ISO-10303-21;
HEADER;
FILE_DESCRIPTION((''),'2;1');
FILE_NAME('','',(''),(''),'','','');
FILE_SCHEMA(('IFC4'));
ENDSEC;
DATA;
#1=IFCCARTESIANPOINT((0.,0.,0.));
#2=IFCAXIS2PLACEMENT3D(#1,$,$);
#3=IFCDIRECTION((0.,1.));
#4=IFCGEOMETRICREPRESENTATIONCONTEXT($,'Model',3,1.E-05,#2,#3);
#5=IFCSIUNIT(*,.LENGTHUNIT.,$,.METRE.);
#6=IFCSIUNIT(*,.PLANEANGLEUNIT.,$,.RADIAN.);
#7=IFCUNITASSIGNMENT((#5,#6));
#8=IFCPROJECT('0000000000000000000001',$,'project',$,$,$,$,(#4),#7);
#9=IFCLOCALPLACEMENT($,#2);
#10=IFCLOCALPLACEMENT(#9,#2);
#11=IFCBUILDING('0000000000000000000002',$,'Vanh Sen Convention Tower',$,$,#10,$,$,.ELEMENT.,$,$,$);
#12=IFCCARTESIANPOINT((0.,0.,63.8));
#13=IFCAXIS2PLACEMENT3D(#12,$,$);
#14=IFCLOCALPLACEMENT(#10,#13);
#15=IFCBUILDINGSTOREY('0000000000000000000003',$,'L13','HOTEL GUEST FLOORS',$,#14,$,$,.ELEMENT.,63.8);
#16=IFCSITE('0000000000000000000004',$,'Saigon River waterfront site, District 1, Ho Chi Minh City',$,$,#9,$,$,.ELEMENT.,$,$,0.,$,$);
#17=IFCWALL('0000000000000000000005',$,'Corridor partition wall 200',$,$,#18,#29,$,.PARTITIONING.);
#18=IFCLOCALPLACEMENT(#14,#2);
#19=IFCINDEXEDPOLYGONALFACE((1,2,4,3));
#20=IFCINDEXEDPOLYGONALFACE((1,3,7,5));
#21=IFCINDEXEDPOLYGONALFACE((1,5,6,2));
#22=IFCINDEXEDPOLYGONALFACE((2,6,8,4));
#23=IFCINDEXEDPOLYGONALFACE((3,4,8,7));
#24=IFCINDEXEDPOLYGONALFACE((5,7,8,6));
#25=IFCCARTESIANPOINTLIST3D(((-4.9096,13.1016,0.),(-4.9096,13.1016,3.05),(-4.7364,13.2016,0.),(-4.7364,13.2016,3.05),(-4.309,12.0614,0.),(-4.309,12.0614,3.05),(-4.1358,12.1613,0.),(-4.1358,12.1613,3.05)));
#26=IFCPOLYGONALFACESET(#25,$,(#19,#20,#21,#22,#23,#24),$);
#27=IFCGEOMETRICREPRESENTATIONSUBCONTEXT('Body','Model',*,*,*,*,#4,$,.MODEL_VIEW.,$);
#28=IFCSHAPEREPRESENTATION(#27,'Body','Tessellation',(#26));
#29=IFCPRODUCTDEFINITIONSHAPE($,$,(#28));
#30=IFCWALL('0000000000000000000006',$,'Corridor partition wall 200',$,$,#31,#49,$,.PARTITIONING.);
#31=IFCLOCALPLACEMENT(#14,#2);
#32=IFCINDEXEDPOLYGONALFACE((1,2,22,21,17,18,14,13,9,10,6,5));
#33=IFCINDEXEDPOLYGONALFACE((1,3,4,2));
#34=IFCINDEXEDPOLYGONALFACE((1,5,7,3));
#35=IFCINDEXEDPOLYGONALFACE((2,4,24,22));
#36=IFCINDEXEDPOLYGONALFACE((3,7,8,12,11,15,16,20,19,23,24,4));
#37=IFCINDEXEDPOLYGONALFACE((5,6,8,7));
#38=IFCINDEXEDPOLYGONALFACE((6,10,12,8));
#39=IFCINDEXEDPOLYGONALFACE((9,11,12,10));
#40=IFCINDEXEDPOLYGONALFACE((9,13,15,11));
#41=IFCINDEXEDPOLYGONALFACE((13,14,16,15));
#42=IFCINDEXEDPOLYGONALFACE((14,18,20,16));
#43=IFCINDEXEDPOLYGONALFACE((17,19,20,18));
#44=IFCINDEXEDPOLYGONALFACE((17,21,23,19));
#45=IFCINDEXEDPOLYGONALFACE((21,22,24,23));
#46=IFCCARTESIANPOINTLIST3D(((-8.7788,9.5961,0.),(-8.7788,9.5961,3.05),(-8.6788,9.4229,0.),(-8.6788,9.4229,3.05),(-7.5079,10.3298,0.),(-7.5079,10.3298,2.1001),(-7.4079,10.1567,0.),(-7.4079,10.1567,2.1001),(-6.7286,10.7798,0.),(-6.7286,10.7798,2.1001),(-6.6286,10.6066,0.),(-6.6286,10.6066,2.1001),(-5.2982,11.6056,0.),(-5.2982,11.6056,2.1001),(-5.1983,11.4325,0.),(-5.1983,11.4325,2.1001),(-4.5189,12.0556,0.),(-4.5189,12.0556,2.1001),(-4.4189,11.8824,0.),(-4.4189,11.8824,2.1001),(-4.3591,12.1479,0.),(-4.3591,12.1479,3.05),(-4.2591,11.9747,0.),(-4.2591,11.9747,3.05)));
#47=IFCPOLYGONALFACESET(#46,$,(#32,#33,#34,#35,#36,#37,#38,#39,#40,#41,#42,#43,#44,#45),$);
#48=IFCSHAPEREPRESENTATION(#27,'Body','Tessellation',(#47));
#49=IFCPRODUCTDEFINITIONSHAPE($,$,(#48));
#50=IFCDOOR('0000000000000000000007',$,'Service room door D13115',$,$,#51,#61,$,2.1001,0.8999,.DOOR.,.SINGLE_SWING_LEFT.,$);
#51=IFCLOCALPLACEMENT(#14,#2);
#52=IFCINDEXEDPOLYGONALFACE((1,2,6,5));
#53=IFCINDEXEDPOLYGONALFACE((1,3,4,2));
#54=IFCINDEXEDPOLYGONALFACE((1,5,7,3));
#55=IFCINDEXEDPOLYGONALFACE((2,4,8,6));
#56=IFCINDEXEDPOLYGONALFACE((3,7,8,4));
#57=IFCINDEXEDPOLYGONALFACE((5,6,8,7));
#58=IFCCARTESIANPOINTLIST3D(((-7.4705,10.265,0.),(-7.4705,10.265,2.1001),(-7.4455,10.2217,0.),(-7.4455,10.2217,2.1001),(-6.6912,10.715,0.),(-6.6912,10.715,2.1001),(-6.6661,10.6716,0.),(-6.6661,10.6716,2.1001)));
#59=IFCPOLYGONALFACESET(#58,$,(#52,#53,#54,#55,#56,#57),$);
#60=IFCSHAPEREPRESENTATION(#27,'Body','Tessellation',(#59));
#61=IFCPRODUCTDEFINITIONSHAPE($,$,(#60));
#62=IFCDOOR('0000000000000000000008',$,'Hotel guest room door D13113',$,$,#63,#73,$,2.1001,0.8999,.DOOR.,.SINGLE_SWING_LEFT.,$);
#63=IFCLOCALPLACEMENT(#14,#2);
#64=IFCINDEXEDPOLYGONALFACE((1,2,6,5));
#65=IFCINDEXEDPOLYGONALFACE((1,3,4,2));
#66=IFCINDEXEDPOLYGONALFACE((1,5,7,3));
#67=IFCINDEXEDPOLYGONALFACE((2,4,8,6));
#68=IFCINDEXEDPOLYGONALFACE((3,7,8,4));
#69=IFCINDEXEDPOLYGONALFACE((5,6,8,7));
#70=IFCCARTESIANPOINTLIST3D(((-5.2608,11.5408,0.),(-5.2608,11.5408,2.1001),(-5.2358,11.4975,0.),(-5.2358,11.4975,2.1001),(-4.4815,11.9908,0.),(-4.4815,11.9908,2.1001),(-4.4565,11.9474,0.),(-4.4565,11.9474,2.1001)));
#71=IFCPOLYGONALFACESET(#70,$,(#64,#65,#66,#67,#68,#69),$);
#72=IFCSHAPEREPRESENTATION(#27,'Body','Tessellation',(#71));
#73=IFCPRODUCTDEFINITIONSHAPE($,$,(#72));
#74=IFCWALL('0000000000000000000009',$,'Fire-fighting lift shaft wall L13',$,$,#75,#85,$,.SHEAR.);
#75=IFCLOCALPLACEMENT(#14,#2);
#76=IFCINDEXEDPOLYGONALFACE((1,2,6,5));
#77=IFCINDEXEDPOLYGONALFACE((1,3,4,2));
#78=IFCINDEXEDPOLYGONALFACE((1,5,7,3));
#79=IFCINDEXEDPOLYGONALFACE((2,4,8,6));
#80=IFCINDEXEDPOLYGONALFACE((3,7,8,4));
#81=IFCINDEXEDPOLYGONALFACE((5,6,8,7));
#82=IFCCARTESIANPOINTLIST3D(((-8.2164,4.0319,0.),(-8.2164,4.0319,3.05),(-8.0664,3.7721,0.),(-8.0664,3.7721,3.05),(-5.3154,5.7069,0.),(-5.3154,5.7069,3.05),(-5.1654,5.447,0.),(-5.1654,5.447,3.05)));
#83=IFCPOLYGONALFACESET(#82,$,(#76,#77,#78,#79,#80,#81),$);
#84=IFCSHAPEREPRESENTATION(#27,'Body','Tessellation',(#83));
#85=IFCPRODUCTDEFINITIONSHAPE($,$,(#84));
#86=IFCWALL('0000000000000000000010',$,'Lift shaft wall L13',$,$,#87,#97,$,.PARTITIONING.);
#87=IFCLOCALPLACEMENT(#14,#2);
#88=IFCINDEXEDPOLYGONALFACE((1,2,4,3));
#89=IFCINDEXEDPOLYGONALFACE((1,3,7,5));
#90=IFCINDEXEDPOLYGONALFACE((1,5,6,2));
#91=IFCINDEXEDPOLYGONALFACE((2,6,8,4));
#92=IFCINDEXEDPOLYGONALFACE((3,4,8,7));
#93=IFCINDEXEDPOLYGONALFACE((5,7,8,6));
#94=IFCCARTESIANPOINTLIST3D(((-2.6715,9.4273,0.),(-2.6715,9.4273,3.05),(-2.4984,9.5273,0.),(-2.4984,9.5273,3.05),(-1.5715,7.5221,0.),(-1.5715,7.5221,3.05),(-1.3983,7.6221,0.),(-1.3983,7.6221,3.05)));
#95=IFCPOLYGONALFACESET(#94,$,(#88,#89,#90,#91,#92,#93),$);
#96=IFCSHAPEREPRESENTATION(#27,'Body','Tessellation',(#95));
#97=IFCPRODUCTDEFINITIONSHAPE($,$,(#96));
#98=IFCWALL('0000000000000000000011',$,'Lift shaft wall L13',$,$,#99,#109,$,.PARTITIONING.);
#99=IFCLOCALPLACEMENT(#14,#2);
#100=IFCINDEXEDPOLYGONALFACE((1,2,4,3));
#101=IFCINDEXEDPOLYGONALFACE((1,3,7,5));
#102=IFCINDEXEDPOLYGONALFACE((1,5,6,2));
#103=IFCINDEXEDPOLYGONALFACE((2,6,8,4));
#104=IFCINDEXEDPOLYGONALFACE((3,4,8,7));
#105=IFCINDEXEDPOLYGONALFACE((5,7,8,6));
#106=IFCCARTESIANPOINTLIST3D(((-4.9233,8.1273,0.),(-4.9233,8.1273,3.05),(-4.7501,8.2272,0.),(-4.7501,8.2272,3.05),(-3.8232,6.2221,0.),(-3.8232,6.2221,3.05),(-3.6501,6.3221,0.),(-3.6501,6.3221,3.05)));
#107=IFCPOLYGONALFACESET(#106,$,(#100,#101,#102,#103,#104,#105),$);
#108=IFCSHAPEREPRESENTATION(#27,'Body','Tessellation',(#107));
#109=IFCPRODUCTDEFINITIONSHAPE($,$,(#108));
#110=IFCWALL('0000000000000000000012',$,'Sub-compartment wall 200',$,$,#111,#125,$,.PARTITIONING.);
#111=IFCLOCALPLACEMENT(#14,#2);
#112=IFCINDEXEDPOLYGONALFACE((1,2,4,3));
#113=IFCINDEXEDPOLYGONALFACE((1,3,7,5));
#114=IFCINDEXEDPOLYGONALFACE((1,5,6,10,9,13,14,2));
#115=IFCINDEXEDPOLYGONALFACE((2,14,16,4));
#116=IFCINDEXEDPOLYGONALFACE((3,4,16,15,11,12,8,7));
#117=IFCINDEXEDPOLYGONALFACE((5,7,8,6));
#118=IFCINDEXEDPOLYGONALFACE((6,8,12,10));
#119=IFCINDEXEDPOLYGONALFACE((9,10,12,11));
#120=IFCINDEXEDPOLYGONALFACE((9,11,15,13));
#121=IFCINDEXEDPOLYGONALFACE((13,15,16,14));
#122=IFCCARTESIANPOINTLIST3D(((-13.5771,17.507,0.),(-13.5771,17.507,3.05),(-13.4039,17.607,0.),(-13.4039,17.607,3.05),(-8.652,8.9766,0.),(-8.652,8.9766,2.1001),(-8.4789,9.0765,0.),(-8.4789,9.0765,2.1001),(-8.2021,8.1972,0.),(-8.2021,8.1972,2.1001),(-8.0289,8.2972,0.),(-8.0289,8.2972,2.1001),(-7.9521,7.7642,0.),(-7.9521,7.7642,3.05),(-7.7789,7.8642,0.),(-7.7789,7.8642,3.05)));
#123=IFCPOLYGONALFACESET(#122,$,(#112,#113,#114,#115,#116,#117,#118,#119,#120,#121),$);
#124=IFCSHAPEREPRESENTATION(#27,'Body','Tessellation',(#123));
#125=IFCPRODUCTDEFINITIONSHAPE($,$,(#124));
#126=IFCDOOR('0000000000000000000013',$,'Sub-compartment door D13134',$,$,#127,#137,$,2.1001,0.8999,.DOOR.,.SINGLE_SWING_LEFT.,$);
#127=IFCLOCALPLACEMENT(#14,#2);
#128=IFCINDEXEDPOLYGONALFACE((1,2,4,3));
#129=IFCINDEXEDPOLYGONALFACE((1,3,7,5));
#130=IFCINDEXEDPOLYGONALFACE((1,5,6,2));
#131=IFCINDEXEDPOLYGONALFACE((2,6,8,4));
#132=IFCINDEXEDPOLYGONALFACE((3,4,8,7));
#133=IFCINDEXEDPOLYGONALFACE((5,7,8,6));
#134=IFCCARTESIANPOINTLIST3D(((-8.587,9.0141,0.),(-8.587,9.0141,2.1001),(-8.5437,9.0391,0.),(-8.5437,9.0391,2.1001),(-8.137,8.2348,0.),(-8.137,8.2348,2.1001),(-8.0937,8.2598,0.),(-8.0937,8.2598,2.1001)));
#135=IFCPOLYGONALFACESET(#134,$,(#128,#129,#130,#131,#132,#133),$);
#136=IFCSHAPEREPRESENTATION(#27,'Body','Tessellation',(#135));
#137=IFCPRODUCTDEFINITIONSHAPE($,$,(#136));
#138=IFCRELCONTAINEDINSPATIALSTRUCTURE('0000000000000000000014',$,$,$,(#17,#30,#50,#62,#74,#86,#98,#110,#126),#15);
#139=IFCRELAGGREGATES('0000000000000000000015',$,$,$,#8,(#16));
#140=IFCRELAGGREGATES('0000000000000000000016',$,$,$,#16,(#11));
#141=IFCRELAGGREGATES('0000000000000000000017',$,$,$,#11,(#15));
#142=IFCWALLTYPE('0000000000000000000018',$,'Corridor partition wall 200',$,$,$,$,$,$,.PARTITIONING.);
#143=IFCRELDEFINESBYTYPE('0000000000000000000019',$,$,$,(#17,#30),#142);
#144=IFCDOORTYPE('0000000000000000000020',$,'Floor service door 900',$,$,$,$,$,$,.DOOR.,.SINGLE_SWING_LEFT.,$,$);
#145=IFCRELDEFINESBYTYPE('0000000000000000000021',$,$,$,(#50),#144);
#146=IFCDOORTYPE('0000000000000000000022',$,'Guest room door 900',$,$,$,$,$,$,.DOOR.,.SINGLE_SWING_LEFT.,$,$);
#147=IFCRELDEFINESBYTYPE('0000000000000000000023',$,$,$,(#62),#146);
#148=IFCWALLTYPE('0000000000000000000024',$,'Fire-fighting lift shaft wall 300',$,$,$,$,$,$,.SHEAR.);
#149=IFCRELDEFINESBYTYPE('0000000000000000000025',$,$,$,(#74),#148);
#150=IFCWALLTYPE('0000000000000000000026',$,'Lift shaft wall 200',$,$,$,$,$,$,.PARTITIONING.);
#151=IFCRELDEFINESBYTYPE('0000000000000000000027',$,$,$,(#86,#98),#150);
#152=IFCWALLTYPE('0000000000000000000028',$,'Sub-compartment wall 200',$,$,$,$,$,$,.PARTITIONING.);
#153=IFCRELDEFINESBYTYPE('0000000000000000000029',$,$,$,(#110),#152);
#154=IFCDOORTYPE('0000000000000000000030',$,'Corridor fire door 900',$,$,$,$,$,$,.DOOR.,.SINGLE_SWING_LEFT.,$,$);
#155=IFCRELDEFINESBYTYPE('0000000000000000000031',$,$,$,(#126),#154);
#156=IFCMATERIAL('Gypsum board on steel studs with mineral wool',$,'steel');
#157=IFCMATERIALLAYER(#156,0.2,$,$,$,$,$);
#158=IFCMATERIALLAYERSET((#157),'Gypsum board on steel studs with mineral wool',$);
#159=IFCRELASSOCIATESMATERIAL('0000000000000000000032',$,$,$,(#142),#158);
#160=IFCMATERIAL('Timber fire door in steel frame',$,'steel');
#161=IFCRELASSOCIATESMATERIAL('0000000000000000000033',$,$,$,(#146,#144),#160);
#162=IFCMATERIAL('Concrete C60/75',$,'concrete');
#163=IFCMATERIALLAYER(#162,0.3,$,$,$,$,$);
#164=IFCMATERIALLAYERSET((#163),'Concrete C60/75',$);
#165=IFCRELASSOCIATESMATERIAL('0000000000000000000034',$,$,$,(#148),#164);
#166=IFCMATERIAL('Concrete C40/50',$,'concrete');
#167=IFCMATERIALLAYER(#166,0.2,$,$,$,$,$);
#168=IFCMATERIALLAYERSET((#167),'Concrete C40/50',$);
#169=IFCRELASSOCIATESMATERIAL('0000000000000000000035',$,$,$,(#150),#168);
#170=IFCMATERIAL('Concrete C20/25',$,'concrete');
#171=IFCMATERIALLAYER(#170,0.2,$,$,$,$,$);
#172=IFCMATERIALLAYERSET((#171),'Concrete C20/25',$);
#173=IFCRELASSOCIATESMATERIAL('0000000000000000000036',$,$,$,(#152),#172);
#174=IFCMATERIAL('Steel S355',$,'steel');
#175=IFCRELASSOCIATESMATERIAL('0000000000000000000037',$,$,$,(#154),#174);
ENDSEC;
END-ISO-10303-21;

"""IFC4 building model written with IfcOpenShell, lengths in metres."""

from ifc_helpers import new_model, si_unit, direction, frame, frame_2d, origin, place, context, subcontext, project, spatial, rectangle, extrude, material, layer, layer_set, type_object, element, fill, save


model = new_model("IFC4")

# Units and contexts
model_context = context("Model", 3, precision=1e-05, world=origin(), true_north=direction((0.0, 1.0)))
body_context = subcontext(model_context, "Body", "Model", "MODEL_VIEW")
ifc_project = project(units=[si_unit("LENGTHUNIT", "METRE"), si_unit("PLANEANGLEUNIT", "RADIAN")], contexts=[model_context])

# Site, building, storey
site_placement = place(None, origin())
site = spatial("IfcSite", under=ifc_project, at=site_placement, Name="Saigon River waterfront site, District 1, Ho Chi Minh City", CompositionType="ELEMENT", RefElevation=0.0)
building_placement = place(site_placement, origin())
building = spatial("IfcBuilding", under=site, at=building_placement, Name="Vanh Sen Convention Tower", CompositionType="ELEMENT")
storey_placement = place(building_placement, frame((0.0, 0.0, 63.8)))
storey = spatial("IfcBuildingStorey", under=building, at=storey_placement, Name="L13", Description="HOTEL GUEST FLOORS", CompositionType="ELEMENT", Elevation=63.8)

# Shared definitions
ifc_material_1 = material(Name="Gypsum board on steel studs with mineral wool", Category="steel")
ifc_layer_1 = layer(ifc_material_1, 0.2)
ifc_layer_set_1 = layer_set([ifc_layer_1], Name="Gypsum board on steel studs with mineral wool")
wall_type_1 = type_object("IfcWallType", Name="Corridor partition wall 200", PredefinedType="PARTITIONING", material=ifc_layer_set_1)
ifc_material_2 = material(Name="Timber fire door in steel frame", Category="steel")

# Shared definitions
door_type_1 = type_object("IfcDoorType", Name="Guest room door 900", OperationType="SINGLE_SWING_LEFT", PredefinedType="DOOR", material=ifc_material_2)

# Wall
wall_1_placement = place(storey_placement, frame((-4.823, 13.1516, 0.0), z_axis=(0.0, 0.0, 1.0), x_axis=(0.499986, -0.866033, 0.0)))
element("IfcWall", 1, at=wall_1_placement, inside=storey, type_object=wall_type_1, Name="Corridor partition wall 200", PredefinedType="PARTITIONING", context=body_context, shape_type="SweptSolid", body=[
    extrude(rectangle(XDim=1.2012, YDim=0.2, at=frame_2d((0.6006, 0.0))), origin(), (0.0, 0.0, 1.0), 3.05),
])

# Wall, openings, doors
wall_2_placement = place(storey_placement, frame((-4.3091, 12.0613, 0.0), z_axis=(0.0, 0.0, 1.0), x_axis=(-0.866021, -0.500008, 0.0)))
wall_2 = element("IfcWall", 2, at=wall_2_placement, inside=storey, type_object=wall_type_1, Name="Corridor partition wall 200", PredefinedType="PARTITIONING", context=body_context, shape_type="SweptSolid", body=[
    extrude(rectangle(XDim=5.1035, YDim=0.2, at=frame_2d((2.5518, 0.0))), origin(), (0.0, 0.0, 1.0), 3.05),
])
opening_1_placement = place(wall_2_placement, frame((0.1846, 0.0, 0.0)))
opening_1 = element("IfcOpeningElement", 3, at=opening_1_placement, cuts=wall_2, PredefinedType="OPENING", context=body_context, shape_type="SweptSolid", body=[
    extrude(rectangle(XDim=0.8999, YDim=2.1001, at=frame_2d((0.45, 1.05))), frame((0.0, 0.1099, 0.0), z_axis=(0.0, -1.0, 0.0), x_axis=(1.0, 0.0, 0.0)), (0.0, 0.0, 1.0), 0.22),
])
opening_2_placement = place(wall_2_placement, frame((2.7361, 0.0, 0.0)))
opening_2 = element("IfcOpeningElement", 4, at=opening_2_placement, cuts=wall_2, PredefinedType="OPENING", context=body_context, shape_type="SweptSolid", body=[
    extrude(rectangle(XDim=0.8999, YDim=2.1001, at=frame_2d((0.45, 1.05))), frame((0.0, 0.1099, 0.0), z_axis=(0.0, -1.0, 0.0), x_axis=(1.0, 0.0, 0.0)), (0.0, 0.0, 1.0), 0.22),
])
door_type_2 = type_object("IfcDoorType", Name="Floor service door 900", OperationType="SINGLE_SWING_LEFT", PredefinedType="DOOR", material=ifc_material_2)
door_1_placement = place(opening_2_placement, origin())
door_1 = element("IfcDoor", 5, at=door_1_placement, inside=storey, type_object=door_type_2, Name="Service room door D13115", OperationType="SINGLE_SWING_LEFT", OverallHeight=2.1001, OverallWidth=0.8999, PredefinedType="DOOR", context=body_context, shape_type="SweptSolid", body=[
    extrude(rectangle(XDim=0.8999, YDim=2.1001, at=frame_2d((0.45, 1.05))), frame((0.0, 0.0249, 0.0), z_axis=(0.0, -1.0, 0.0), x_axis=(1.0, 0.0, 0.0)), (0.0, 0.0, 1.0), 0.05),
])
fill(opening_2, door_1)
door_2_placement = place(opening_1_placement, origin())
door_2 = element("IfcDoor", 6, at=door_2_placement, inside=storey, type_object=door_type_1, Name="Hotel guest room door D13113", OperationType="SINGLE_SWING_LEFT", OverallHeight=2.1001, OverallWidth=0.8999, PredefinedType="DOOR", context=body_context, shape_type="SweptSolid", body=[
    extrude(rectangle(XDim=0.8999, YDim=2.1001, at=frame_2d((0.45, 1.05))), frame((0.0, 0.0249, 0.0), z_axis=(0.0, -1.0, 0.0), x_axis=(1.0, 0.0, 0.0)), (0.0, 0.0, 1.0), 0.05),
])
fill(opening_1, door_2)

# Walls
ifc_material_3 = material(Name="Concrete C60/75", Category="concrete")
ifc_layer_2 = layer(ifc_material_3, 0.3)
ifc_layer_set_2 = layer_set([ifc_layer_2], Name="Concrete C60/75")
wall_type_2 = type_object("IfcWallType", Name="Fire-fighting lift shaft wall 300", PredefinedType="SHEAR", material=ifc_layer_set_2)
wall_3_placement = place(storey_placement, frame((-5.2405, 5.5769, 0.0), z_axis=(0.0, 0.0, 1.0), x_axis=(-0.866014, -0.500019, 0.0)))
element("IfcWall", 7, at=wall_3_placement, inside=storey, type_object=wall_type_2, Name="Fire-fighting lift shaft wall L13", PredefinedType="SHEAR", context=body_context, shape_type="SweptSolid", body=[
    extrude(rectangle(XDim=3.3499, YDim=0.3, at=frame_2d((1.6748, 0.0))), origin(), (0.0, 0.0, 1.0), 3.05),
])
ifc_material_4 = material(Name="Concrete C40/50", Category="concrete")
ifc_layer_3 = layer(ifc_material_4, 0.2)
ifc_layer_set_3 = layer_set([ifc_layer_3], Name="Concrete C40/50")
wall_type_3 = type_object("IfcWallType", Name="Lift shaft wall 200", PredefinedType="PARTITIONING", material=ifc_layer_set_3)
for number, where, z_axis, x_axis, name in (
    (8, (-1.4849, 7.572, 0.0), (0.0, 0.0, 1.0), (-0.50003, 0.866008, 0.0), "Lift shaft wall L13"),
    (9, (-3.7366, 6.272, 0.0), (0.0, 0.0, 1.0), (-0.50003, 0.866008, 0.0), "Lift shaft wall L13"),
):
    element("IfcWall", number, at=place(storey_placement, frame(where, z_axis=z_axis, x_axis=x_axis)), inside=storey, type_object=wall_type_3, Name=name, PredefinedType="PARTITIONING", context=body_context, shape_type="SweptSolid", body=[
        extrude(rectangle(XDim=2.2, YDim=0.2, at=frame_2d((1.1001, 0.0))), origin(), (0.0, 0.0, 1.0), 3.05),
    ])

# Wall, opening, door
ifc_material_5 = material(Name="Concrete C20/25", Category="concrete")
ifc_layer_4 = layer(ifc_material_5, 0.2)
ifc_layer_set_4 = layer_set([ifc_layer_4], Name="Concrete C20/25")
wall_type_4 = type_object("IfcWallType", Name="Sub-compartment wall 200", PredefinedType="PARTITIONING", material=ifc_layer_set_4)
wall_4_placement = place(storey_placement, frame((-7.8655, 7.8142, 0.0), z_axis=(0.0, 0.0, 1.0), x_axis=(-0.500004, 0.866023, 0.0)))
wall_4 = element("IfcWall", 10, at=wall_4_placement, inside=storey, type_object=wall_type_4, Name="Sub-compartment wall 200", PredefinedType="PARTITIONING", context=body_context, shape_type="SweptSolid", body=[
    extrude(rectangle(XDim=11.25, YDim=0.2, at=frame_2d((5.625, 0.0))), origin(), (0.0, 0.0, 1.0), 3.05),
])
opening_3_placement = place(wall_4_placement, frame((0.5, 0.0, 0.0)))
opening_3 = element("IfcOpeningElement", 11, at=opening_3_placement, cuts=wall_4, PredefinedType="OPENING", context=body_context, shape_type="SweptSolid", body=[
    extrude(rectangle(XDim=0.8999, YDim=2.1001, at=frame_2d((0.45, 1.05))), frame((0.0, 0.1099, 0.0), z_axis=(0.0, -1.0, 0.0), x_axis=(1.0, 0.0, 0.0)), (0.0, 0.0, 1.0), 0.22),
])
ifc_material_6 = material(Name="Steel S355", Category="steel")
door_type_3 = type_object("IfcDoorType", Name="Corridor fire door 900", OperationType="SINGLE_SWING_LEFT", PredefinedType="DOOR", material=ifc_material_6)
door_3_placement = place(opening_3_placement, origin())
door_3 = element("IfcDoor", 12, at=door_3_placement, inside=storey, type_object=door_type_3, Name="Sub-compartment door D13134", OperationType="SINGLE_SWING_LEFT", OverallHeight=2.1001, OverallWidth=0.8999, PredefinedType="DOOR", context=body_context, shape_type="SweptSolid", body=[
    extrude(rectangle(XDim=0.8999, YDim=2.1001, at=frame_2d((0.45, 1.05))), frame((0.0, 0.0249, 0.0), z_axis=(0.0, -1.0, 0.0), x_axis=(1.0, 0.0, 0.0)), (0.0, 0.0, 1.0), 0.05),
])
fill(opening_3, door_3)

save(model, "model.ifc")
